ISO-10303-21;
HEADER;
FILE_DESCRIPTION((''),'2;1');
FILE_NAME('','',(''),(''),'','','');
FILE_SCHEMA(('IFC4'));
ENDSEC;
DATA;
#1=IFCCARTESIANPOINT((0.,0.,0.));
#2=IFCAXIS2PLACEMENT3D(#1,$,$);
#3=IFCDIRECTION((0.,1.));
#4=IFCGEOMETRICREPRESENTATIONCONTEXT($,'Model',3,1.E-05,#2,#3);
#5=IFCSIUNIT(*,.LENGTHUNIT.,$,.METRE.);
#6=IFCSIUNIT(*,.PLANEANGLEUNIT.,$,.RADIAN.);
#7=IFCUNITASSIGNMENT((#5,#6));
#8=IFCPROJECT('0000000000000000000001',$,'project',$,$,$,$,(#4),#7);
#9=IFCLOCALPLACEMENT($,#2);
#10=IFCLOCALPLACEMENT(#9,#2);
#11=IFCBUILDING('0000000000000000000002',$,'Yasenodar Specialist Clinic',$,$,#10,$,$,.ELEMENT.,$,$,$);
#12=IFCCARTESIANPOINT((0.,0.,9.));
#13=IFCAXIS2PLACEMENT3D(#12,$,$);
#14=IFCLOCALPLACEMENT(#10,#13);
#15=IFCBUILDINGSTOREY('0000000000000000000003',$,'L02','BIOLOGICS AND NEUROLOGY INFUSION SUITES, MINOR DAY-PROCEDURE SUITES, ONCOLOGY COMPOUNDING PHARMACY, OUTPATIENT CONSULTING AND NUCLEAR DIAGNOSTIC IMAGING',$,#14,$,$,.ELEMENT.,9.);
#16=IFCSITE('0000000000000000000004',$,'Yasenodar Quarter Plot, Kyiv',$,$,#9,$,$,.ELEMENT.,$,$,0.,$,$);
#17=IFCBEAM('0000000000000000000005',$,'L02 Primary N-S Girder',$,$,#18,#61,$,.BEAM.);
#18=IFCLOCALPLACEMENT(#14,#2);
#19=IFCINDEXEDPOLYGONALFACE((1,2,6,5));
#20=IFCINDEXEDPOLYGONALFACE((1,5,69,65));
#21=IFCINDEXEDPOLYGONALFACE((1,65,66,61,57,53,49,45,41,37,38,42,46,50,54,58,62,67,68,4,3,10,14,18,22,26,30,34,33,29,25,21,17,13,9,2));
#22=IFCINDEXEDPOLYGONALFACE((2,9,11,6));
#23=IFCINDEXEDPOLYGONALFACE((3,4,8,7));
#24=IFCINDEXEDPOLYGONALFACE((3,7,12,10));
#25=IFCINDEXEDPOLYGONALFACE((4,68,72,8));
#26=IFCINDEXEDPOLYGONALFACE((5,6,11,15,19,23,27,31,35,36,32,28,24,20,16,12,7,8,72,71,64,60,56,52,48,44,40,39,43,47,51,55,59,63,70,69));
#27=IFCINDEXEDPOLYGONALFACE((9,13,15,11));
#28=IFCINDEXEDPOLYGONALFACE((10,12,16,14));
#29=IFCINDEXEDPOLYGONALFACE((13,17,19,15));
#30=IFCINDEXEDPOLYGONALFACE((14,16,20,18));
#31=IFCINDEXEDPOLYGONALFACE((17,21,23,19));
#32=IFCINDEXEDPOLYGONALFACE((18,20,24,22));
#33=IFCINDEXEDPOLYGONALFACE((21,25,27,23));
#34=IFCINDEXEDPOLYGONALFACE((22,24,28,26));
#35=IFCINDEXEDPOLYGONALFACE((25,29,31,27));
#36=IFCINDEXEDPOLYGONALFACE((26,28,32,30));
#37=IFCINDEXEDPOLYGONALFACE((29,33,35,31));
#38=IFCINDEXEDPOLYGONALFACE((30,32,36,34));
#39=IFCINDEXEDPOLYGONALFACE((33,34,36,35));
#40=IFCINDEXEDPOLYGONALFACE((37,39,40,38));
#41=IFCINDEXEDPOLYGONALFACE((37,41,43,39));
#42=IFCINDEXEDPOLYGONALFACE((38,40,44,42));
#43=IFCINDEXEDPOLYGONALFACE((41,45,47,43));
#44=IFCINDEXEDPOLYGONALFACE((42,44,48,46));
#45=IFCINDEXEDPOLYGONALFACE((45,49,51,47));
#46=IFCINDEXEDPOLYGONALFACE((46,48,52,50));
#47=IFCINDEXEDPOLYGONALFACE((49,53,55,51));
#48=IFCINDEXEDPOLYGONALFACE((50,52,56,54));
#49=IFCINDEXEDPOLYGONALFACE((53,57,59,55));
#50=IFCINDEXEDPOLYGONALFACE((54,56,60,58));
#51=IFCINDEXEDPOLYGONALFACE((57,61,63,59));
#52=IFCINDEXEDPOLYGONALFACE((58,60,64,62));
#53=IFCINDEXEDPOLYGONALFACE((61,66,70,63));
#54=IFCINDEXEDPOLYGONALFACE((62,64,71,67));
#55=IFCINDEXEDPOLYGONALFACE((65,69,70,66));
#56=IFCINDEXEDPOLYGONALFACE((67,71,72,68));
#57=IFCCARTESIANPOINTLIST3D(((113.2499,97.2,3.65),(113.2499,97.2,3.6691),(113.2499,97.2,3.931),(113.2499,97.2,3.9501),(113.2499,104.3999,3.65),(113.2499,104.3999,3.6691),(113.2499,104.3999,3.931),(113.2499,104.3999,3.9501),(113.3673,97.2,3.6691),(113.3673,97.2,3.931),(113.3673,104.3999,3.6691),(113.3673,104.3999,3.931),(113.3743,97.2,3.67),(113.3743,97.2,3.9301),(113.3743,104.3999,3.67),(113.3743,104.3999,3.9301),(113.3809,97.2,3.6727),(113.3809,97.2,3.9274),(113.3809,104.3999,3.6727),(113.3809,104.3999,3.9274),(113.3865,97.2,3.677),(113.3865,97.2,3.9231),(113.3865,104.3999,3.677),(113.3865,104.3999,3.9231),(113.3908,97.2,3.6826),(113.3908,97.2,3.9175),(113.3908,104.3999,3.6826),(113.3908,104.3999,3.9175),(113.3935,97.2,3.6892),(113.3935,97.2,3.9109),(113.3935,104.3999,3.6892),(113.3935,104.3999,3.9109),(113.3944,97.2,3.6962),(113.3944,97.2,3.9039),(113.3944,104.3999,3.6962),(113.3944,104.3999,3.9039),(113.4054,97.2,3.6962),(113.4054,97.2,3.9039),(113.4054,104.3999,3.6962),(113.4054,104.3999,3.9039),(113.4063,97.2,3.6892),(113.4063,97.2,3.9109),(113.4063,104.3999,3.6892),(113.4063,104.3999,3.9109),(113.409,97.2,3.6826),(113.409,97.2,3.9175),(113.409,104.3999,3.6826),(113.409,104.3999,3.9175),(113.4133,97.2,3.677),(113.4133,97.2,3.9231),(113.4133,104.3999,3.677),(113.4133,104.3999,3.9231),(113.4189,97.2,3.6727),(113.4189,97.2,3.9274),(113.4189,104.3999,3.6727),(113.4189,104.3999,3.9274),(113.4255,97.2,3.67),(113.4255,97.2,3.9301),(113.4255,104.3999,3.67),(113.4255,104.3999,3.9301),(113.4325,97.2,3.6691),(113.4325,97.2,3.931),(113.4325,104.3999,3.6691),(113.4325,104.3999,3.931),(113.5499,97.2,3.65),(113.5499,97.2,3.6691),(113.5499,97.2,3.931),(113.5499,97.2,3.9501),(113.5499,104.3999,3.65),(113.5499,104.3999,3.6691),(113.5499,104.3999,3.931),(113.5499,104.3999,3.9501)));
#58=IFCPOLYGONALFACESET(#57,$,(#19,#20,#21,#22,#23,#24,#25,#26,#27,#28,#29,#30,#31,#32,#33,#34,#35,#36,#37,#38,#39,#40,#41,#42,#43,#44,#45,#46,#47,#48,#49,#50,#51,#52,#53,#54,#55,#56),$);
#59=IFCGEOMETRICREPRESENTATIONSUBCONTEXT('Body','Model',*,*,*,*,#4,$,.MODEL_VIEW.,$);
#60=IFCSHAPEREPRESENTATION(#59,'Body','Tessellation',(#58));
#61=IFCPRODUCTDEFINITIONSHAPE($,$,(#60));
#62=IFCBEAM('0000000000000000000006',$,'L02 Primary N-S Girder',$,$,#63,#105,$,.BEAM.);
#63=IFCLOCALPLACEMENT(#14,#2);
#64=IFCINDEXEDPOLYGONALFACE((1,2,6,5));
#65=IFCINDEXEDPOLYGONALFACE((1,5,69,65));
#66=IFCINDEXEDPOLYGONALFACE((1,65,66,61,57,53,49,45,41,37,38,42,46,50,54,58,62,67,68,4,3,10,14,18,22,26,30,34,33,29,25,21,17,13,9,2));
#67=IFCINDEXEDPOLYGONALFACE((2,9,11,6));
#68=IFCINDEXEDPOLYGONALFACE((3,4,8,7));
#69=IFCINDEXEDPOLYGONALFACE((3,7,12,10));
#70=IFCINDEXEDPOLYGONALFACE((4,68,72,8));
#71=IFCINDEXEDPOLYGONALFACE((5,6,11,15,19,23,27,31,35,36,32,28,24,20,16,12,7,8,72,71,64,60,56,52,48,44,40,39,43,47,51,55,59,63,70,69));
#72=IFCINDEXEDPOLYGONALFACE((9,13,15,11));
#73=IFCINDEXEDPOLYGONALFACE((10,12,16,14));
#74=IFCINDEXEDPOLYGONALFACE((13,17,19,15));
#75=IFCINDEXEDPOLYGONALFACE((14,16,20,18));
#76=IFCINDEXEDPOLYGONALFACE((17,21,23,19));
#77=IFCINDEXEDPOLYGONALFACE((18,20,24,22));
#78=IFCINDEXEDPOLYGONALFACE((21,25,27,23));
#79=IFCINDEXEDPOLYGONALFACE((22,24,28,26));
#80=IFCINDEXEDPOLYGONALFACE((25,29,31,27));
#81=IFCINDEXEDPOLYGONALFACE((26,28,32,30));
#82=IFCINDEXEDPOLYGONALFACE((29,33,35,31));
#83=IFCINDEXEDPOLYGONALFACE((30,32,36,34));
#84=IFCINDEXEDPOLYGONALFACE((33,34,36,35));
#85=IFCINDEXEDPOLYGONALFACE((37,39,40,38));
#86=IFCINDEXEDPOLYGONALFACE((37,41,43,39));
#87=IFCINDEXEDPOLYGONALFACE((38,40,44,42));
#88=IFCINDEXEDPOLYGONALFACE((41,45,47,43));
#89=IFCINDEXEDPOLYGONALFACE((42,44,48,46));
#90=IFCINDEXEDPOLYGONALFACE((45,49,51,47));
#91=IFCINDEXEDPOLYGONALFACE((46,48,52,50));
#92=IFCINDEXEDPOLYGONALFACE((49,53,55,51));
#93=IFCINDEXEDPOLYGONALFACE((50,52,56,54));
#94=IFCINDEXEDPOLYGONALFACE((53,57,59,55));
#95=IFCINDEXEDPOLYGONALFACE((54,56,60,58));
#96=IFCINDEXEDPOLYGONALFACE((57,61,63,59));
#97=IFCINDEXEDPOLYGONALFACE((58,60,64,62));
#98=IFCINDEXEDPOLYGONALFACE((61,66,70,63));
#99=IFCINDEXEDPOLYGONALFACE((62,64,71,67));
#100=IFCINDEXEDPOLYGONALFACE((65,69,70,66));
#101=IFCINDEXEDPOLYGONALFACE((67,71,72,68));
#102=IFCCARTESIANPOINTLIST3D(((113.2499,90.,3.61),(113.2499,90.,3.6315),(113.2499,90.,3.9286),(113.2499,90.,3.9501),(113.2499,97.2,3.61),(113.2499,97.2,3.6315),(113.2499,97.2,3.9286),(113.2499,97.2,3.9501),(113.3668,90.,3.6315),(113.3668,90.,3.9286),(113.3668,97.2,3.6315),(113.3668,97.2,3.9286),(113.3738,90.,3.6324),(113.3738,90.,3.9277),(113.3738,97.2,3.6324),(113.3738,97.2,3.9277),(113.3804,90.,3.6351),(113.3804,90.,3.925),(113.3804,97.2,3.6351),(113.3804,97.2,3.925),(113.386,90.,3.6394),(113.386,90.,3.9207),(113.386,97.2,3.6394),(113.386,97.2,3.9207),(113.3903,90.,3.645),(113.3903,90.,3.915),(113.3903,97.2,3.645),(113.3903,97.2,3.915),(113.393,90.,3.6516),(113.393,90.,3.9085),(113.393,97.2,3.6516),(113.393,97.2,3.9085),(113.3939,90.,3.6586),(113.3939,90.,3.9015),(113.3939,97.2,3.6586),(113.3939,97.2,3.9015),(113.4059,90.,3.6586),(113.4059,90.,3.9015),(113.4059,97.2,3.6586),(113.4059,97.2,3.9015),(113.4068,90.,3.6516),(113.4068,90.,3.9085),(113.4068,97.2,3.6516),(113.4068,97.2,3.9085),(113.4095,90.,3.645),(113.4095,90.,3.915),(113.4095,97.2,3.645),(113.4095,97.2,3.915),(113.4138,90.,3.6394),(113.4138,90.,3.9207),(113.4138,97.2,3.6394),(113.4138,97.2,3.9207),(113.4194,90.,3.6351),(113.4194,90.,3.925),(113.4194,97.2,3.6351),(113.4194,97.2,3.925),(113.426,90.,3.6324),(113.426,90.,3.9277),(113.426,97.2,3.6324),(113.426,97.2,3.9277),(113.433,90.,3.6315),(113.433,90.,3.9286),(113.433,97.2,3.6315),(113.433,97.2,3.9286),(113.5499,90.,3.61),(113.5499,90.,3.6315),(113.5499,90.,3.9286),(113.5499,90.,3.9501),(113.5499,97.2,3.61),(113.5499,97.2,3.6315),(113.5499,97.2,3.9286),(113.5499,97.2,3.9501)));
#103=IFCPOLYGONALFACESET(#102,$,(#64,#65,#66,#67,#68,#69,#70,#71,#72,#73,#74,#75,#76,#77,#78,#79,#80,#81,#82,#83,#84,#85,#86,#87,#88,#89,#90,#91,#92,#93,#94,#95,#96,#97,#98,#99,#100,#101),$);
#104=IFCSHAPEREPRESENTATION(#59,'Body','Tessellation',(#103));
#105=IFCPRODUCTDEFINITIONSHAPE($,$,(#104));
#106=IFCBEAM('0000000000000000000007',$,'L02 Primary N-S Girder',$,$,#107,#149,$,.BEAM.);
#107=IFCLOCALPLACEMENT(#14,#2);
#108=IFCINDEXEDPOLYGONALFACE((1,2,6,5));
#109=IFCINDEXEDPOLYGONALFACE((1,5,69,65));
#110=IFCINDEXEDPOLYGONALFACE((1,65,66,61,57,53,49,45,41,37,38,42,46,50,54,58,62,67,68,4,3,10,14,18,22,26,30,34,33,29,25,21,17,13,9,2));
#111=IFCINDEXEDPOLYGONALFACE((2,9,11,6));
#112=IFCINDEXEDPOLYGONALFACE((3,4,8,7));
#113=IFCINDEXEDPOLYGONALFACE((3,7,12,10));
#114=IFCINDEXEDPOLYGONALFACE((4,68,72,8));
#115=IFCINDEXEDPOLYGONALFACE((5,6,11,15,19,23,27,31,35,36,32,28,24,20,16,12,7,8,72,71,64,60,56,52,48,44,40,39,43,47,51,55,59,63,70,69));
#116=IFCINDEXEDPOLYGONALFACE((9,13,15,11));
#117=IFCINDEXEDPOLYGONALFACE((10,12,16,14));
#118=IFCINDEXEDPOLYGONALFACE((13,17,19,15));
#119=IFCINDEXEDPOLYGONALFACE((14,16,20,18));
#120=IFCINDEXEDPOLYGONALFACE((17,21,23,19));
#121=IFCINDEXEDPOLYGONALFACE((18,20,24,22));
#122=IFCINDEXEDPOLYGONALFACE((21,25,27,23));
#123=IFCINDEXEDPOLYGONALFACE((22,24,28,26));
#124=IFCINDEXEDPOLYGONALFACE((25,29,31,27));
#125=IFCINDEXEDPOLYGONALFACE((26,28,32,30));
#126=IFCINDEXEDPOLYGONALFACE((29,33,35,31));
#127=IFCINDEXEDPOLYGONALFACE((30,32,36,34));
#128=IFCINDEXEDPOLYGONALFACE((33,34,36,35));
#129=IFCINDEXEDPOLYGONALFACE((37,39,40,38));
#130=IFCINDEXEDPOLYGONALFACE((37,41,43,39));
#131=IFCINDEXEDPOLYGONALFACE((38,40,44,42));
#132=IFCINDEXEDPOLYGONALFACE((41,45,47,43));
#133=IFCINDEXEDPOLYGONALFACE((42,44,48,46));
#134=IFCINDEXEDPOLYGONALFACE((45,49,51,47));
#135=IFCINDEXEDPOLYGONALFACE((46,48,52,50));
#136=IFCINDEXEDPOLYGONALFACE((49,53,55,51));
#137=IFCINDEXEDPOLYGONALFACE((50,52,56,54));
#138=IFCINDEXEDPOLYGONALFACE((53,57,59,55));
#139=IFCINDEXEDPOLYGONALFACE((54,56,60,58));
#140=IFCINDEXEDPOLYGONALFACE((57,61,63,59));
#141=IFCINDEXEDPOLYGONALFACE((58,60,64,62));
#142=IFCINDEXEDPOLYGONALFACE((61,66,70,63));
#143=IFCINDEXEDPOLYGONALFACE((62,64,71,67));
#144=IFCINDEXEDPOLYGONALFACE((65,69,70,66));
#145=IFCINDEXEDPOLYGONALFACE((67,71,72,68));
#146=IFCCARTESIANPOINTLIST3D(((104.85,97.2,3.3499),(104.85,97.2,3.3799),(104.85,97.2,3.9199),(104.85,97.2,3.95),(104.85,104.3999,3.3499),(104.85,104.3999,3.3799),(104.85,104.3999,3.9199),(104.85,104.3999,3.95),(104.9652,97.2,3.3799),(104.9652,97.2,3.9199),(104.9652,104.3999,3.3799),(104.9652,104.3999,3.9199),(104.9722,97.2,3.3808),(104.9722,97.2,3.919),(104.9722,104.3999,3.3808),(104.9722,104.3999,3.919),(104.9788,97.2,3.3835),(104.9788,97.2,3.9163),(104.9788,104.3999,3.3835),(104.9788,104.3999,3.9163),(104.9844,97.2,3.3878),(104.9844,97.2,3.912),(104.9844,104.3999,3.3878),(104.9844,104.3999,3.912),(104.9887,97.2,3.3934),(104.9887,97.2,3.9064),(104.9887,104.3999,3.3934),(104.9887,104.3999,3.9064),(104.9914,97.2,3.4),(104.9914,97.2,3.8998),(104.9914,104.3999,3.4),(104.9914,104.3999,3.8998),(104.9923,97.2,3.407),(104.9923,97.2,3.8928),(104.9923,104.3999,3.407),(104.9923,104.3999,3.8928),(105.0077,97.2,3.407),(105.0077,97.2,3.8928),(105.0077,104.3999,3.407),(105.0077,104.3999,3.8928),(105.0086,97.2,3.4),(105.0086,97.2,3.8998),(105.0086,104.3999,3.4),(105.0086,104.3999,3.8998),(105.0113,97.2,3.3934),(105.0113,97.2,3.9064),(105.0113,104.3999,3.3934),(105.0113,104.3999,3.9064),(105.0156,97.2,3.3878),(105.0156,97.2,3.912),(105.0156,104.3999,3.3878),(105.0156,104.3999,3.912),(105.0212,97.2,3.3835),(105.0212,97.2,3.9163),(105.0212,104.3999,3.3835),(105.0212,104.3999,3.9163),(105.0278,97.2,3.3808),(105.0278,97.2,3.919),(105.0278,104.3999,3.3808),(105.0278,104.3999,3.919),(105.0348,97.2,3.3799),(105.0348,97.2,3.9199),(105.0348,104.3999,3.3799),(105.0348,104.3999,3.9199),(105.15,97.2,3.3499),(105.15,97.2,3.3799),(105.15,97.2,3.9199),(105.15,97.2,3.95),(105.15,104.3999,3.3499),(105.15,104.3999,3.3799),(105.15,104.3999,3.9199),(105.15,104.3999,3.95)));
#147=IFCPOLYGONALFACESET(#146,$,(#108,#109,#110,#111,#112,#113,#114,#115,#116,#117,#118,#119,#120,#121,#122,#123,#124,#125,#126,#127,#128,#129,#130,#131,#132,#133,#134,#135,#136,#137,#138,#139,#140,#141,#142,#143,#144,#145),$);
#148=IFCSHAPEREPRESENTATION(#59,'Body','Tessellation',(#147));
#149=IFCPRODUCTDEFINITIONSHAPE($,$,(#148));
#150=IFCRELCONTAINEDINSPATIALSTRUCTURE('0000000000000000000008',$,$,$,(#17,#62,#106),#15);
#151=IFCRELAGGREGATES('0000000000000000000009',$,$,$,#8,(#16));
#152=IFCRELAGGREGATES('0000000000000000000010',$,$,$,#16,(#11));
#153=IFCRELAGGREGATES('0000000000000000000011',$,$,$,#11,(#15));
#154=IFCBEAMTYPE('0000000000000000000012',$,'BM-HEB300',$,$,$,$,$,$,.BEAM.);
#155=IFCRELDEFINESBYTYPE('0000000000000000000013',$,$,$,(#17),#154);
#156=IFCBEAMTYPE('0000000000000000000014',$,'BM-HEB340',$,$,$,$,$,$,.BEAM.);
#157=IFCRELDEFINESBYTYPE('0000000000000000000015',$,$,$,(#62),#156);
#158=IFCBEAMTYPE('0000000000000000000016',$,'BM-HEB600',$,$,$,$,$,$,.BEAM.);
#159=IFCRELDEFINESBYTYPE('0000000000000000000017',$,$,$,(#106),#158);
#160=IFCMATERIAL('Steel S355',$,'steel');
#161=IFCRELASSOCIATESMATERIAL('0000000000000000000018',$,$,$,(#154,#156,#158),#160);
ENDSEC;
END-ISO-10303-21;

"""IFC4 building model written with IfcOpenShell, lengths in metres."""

from ifc_helpers import new_model, si_unit, direction, frame, origin, origin_2d, place, context, subcontext, project, spatial, i_section, extrude, material, material_profile, profile_set, type_object, element, save


model = new_model("IFC4")

# Units and contexts
model_context = context("Model", 3, precision=1e-05, world=origin(), true_north=direction((0.0, 1.0)))
body_context = subcontext(model_context, "Body", "Model", "MODEL_VIEW")
ifc_project = project(units=[si_unit("LENGTHUNIT", "METRE"), si_unit("PLANEANGLEUNIT", "RADIAN")], contexts=[model_context])

# Site, building, storey
site_placement = place(None, origin())
site = spatial("IfcSite", under=ifc_project, at=site_placement, Name="Yasenodar Quarter Plot, Kyiv", CompositionType="ELEMENT", RefElevation=0.0)
building_placement = place(site_placement, origin())
building = spatial("IfcBuilding", under=site, at=building_placement, Name="Yasenodar Specialist Clinic", CompositionType="ELEMENT")
storey_placement = place(building_placement, frame((0.0, 0.0, 9.0)))
storey = spatial("IfcBuildingStorey", under=building, at=storey_placement, Name="L02", Description="BIOLOGICS AND NEUROLOGY INFUSION SUITES, MINOR DAY-PROCEDURE SUITES, ONCOLOGY COMPOUNDING PHARMACY, OUTPATIENT CONSULTING AND NUCLEAR DIAGNOSTIC IMAGING", CompositionType="ELEMENT", Elevation=9.0)

# Shared definitions
ifc_material_1 = material(Name="Steel S355", Category="steel")

# Beams
ifc_material_profile_1 = material_profile(ifc_material_1, i_section(OverallWidth=0.3, OverallDepth=0.3, WebThickness=0.011, FlangeThickness=0.019, FilletRadius=0.0271, at=origin_2d()), Name="HEB 300")
ifc_profile_set_1 = profile_set([ifc_material_profile_1], Name="Steel S355")
beam_type_1 = type_object("IfcBeamType", Name="BM-HEB300", PredefinedType="BEAM", material=ifc_profile_set_1)
beam_1_placement = place(storey_placement, frame((113.3999, 97.2, 3.8), z_axis=(0.0, 1.0, 0.0), x_axis=(-1.0, 0.0, 0.0)))
element("IfcBeam", 1, at=beam_1_placement, inside=storey, type_object=beam_type_1, Name="L02 Primary N-S Girder", PredefinedType="BEAM", context=body_context, shape_type="SweptSolid", body=[
    extrude(i_section(OverallWidth=0.3, OverallDepth=0.3, WebThickness=0.011, FlangeThickness=0.019, FilletRadius=0.0271, at=origin_2d()), origin(), (0.0, 0.0, 1.0), 7.2),
])
ifc_material_profile_2 = material_profile(ifc_material_1, i_section(OverallWidth=0.3, OverallDepth=0.3401, WebThickness=0.012, FlangeThickness=0.0215, FilletRadius=0.0271, at=origin_2d()), Name="HEB 340")
ifc_profile_set_2 = profile_set([ifc_material_profile_2], Name="Steel S355")
beam_type_2 = type_object("IfcBeamType", Name="BM-HEB340", PredefinedType="BEAM", material=ifc_profile_set_2)
beam_2_placement = place(storey_placement, frame((113.3999, 90.0, 3.78), z_axis=(0.0, 1.0, 0.0), x_axis=(-1.0, 0.0, 0.0)))
element("IfcBeam", 2, at=beam_2_placement, inside=storey, type_object=beam_type_2, Name="L02 Primary N-S Girder", PredefinedType="BEAM", context=body_context, shape_type="SweptSolid", body=[
    extrude(i_section(OverallWidth=0.3, OverallDepth=0.3401, WebThickness=0.012, FlangeThickness=0.0215, FilletRadius=0.0271, at=origin_2d()), origin(), (0.0, 0.0, 1.0), 7.2),
])
ifc_material_profile_3 = material_profile(ifc_material_1, i_section(OverallWidth=0.3, OverallDepth=0.6001, WebThickness=0.0154, FlangeThickness=0.03, FilletRadius=0.0271, at=origin_2d()), Name="HEB 600")
ifc_profile_set_3 = profile_set([ifc_material_profile_3], Name="Steel S355")
beam_type_3 = type_object("IfcBeamType", Name="BM-HEB600", PredefinedType="BEAM", material=ifc_profile_set_3)
beam_3_placement = place(storey_placement, frame((105.0, 97.2, 3.6499), z_axis=(0.0, 1.0, 0.0), x_axis=(-1.0, 0.0, 0.0)))
element("IfcBeam", 3, at=beam_3_placement, inside=storey, type_object=beam_type_3, Name="L02 Primary N-S Girder", PredefinedType="BEAM", context=body_context, shape_type="SweptSolid", body=[
    extrude(i_section(OverallWidth=0.3, OverallDepth=0.6001, WebThickness=0.0154, FlangeThickness=0.03, FilletRadius=0.0271, at=origin_2d()), origin(), (0.0, 0.0, 1.0), 7.2),
])

save(model, "model.ifc")
